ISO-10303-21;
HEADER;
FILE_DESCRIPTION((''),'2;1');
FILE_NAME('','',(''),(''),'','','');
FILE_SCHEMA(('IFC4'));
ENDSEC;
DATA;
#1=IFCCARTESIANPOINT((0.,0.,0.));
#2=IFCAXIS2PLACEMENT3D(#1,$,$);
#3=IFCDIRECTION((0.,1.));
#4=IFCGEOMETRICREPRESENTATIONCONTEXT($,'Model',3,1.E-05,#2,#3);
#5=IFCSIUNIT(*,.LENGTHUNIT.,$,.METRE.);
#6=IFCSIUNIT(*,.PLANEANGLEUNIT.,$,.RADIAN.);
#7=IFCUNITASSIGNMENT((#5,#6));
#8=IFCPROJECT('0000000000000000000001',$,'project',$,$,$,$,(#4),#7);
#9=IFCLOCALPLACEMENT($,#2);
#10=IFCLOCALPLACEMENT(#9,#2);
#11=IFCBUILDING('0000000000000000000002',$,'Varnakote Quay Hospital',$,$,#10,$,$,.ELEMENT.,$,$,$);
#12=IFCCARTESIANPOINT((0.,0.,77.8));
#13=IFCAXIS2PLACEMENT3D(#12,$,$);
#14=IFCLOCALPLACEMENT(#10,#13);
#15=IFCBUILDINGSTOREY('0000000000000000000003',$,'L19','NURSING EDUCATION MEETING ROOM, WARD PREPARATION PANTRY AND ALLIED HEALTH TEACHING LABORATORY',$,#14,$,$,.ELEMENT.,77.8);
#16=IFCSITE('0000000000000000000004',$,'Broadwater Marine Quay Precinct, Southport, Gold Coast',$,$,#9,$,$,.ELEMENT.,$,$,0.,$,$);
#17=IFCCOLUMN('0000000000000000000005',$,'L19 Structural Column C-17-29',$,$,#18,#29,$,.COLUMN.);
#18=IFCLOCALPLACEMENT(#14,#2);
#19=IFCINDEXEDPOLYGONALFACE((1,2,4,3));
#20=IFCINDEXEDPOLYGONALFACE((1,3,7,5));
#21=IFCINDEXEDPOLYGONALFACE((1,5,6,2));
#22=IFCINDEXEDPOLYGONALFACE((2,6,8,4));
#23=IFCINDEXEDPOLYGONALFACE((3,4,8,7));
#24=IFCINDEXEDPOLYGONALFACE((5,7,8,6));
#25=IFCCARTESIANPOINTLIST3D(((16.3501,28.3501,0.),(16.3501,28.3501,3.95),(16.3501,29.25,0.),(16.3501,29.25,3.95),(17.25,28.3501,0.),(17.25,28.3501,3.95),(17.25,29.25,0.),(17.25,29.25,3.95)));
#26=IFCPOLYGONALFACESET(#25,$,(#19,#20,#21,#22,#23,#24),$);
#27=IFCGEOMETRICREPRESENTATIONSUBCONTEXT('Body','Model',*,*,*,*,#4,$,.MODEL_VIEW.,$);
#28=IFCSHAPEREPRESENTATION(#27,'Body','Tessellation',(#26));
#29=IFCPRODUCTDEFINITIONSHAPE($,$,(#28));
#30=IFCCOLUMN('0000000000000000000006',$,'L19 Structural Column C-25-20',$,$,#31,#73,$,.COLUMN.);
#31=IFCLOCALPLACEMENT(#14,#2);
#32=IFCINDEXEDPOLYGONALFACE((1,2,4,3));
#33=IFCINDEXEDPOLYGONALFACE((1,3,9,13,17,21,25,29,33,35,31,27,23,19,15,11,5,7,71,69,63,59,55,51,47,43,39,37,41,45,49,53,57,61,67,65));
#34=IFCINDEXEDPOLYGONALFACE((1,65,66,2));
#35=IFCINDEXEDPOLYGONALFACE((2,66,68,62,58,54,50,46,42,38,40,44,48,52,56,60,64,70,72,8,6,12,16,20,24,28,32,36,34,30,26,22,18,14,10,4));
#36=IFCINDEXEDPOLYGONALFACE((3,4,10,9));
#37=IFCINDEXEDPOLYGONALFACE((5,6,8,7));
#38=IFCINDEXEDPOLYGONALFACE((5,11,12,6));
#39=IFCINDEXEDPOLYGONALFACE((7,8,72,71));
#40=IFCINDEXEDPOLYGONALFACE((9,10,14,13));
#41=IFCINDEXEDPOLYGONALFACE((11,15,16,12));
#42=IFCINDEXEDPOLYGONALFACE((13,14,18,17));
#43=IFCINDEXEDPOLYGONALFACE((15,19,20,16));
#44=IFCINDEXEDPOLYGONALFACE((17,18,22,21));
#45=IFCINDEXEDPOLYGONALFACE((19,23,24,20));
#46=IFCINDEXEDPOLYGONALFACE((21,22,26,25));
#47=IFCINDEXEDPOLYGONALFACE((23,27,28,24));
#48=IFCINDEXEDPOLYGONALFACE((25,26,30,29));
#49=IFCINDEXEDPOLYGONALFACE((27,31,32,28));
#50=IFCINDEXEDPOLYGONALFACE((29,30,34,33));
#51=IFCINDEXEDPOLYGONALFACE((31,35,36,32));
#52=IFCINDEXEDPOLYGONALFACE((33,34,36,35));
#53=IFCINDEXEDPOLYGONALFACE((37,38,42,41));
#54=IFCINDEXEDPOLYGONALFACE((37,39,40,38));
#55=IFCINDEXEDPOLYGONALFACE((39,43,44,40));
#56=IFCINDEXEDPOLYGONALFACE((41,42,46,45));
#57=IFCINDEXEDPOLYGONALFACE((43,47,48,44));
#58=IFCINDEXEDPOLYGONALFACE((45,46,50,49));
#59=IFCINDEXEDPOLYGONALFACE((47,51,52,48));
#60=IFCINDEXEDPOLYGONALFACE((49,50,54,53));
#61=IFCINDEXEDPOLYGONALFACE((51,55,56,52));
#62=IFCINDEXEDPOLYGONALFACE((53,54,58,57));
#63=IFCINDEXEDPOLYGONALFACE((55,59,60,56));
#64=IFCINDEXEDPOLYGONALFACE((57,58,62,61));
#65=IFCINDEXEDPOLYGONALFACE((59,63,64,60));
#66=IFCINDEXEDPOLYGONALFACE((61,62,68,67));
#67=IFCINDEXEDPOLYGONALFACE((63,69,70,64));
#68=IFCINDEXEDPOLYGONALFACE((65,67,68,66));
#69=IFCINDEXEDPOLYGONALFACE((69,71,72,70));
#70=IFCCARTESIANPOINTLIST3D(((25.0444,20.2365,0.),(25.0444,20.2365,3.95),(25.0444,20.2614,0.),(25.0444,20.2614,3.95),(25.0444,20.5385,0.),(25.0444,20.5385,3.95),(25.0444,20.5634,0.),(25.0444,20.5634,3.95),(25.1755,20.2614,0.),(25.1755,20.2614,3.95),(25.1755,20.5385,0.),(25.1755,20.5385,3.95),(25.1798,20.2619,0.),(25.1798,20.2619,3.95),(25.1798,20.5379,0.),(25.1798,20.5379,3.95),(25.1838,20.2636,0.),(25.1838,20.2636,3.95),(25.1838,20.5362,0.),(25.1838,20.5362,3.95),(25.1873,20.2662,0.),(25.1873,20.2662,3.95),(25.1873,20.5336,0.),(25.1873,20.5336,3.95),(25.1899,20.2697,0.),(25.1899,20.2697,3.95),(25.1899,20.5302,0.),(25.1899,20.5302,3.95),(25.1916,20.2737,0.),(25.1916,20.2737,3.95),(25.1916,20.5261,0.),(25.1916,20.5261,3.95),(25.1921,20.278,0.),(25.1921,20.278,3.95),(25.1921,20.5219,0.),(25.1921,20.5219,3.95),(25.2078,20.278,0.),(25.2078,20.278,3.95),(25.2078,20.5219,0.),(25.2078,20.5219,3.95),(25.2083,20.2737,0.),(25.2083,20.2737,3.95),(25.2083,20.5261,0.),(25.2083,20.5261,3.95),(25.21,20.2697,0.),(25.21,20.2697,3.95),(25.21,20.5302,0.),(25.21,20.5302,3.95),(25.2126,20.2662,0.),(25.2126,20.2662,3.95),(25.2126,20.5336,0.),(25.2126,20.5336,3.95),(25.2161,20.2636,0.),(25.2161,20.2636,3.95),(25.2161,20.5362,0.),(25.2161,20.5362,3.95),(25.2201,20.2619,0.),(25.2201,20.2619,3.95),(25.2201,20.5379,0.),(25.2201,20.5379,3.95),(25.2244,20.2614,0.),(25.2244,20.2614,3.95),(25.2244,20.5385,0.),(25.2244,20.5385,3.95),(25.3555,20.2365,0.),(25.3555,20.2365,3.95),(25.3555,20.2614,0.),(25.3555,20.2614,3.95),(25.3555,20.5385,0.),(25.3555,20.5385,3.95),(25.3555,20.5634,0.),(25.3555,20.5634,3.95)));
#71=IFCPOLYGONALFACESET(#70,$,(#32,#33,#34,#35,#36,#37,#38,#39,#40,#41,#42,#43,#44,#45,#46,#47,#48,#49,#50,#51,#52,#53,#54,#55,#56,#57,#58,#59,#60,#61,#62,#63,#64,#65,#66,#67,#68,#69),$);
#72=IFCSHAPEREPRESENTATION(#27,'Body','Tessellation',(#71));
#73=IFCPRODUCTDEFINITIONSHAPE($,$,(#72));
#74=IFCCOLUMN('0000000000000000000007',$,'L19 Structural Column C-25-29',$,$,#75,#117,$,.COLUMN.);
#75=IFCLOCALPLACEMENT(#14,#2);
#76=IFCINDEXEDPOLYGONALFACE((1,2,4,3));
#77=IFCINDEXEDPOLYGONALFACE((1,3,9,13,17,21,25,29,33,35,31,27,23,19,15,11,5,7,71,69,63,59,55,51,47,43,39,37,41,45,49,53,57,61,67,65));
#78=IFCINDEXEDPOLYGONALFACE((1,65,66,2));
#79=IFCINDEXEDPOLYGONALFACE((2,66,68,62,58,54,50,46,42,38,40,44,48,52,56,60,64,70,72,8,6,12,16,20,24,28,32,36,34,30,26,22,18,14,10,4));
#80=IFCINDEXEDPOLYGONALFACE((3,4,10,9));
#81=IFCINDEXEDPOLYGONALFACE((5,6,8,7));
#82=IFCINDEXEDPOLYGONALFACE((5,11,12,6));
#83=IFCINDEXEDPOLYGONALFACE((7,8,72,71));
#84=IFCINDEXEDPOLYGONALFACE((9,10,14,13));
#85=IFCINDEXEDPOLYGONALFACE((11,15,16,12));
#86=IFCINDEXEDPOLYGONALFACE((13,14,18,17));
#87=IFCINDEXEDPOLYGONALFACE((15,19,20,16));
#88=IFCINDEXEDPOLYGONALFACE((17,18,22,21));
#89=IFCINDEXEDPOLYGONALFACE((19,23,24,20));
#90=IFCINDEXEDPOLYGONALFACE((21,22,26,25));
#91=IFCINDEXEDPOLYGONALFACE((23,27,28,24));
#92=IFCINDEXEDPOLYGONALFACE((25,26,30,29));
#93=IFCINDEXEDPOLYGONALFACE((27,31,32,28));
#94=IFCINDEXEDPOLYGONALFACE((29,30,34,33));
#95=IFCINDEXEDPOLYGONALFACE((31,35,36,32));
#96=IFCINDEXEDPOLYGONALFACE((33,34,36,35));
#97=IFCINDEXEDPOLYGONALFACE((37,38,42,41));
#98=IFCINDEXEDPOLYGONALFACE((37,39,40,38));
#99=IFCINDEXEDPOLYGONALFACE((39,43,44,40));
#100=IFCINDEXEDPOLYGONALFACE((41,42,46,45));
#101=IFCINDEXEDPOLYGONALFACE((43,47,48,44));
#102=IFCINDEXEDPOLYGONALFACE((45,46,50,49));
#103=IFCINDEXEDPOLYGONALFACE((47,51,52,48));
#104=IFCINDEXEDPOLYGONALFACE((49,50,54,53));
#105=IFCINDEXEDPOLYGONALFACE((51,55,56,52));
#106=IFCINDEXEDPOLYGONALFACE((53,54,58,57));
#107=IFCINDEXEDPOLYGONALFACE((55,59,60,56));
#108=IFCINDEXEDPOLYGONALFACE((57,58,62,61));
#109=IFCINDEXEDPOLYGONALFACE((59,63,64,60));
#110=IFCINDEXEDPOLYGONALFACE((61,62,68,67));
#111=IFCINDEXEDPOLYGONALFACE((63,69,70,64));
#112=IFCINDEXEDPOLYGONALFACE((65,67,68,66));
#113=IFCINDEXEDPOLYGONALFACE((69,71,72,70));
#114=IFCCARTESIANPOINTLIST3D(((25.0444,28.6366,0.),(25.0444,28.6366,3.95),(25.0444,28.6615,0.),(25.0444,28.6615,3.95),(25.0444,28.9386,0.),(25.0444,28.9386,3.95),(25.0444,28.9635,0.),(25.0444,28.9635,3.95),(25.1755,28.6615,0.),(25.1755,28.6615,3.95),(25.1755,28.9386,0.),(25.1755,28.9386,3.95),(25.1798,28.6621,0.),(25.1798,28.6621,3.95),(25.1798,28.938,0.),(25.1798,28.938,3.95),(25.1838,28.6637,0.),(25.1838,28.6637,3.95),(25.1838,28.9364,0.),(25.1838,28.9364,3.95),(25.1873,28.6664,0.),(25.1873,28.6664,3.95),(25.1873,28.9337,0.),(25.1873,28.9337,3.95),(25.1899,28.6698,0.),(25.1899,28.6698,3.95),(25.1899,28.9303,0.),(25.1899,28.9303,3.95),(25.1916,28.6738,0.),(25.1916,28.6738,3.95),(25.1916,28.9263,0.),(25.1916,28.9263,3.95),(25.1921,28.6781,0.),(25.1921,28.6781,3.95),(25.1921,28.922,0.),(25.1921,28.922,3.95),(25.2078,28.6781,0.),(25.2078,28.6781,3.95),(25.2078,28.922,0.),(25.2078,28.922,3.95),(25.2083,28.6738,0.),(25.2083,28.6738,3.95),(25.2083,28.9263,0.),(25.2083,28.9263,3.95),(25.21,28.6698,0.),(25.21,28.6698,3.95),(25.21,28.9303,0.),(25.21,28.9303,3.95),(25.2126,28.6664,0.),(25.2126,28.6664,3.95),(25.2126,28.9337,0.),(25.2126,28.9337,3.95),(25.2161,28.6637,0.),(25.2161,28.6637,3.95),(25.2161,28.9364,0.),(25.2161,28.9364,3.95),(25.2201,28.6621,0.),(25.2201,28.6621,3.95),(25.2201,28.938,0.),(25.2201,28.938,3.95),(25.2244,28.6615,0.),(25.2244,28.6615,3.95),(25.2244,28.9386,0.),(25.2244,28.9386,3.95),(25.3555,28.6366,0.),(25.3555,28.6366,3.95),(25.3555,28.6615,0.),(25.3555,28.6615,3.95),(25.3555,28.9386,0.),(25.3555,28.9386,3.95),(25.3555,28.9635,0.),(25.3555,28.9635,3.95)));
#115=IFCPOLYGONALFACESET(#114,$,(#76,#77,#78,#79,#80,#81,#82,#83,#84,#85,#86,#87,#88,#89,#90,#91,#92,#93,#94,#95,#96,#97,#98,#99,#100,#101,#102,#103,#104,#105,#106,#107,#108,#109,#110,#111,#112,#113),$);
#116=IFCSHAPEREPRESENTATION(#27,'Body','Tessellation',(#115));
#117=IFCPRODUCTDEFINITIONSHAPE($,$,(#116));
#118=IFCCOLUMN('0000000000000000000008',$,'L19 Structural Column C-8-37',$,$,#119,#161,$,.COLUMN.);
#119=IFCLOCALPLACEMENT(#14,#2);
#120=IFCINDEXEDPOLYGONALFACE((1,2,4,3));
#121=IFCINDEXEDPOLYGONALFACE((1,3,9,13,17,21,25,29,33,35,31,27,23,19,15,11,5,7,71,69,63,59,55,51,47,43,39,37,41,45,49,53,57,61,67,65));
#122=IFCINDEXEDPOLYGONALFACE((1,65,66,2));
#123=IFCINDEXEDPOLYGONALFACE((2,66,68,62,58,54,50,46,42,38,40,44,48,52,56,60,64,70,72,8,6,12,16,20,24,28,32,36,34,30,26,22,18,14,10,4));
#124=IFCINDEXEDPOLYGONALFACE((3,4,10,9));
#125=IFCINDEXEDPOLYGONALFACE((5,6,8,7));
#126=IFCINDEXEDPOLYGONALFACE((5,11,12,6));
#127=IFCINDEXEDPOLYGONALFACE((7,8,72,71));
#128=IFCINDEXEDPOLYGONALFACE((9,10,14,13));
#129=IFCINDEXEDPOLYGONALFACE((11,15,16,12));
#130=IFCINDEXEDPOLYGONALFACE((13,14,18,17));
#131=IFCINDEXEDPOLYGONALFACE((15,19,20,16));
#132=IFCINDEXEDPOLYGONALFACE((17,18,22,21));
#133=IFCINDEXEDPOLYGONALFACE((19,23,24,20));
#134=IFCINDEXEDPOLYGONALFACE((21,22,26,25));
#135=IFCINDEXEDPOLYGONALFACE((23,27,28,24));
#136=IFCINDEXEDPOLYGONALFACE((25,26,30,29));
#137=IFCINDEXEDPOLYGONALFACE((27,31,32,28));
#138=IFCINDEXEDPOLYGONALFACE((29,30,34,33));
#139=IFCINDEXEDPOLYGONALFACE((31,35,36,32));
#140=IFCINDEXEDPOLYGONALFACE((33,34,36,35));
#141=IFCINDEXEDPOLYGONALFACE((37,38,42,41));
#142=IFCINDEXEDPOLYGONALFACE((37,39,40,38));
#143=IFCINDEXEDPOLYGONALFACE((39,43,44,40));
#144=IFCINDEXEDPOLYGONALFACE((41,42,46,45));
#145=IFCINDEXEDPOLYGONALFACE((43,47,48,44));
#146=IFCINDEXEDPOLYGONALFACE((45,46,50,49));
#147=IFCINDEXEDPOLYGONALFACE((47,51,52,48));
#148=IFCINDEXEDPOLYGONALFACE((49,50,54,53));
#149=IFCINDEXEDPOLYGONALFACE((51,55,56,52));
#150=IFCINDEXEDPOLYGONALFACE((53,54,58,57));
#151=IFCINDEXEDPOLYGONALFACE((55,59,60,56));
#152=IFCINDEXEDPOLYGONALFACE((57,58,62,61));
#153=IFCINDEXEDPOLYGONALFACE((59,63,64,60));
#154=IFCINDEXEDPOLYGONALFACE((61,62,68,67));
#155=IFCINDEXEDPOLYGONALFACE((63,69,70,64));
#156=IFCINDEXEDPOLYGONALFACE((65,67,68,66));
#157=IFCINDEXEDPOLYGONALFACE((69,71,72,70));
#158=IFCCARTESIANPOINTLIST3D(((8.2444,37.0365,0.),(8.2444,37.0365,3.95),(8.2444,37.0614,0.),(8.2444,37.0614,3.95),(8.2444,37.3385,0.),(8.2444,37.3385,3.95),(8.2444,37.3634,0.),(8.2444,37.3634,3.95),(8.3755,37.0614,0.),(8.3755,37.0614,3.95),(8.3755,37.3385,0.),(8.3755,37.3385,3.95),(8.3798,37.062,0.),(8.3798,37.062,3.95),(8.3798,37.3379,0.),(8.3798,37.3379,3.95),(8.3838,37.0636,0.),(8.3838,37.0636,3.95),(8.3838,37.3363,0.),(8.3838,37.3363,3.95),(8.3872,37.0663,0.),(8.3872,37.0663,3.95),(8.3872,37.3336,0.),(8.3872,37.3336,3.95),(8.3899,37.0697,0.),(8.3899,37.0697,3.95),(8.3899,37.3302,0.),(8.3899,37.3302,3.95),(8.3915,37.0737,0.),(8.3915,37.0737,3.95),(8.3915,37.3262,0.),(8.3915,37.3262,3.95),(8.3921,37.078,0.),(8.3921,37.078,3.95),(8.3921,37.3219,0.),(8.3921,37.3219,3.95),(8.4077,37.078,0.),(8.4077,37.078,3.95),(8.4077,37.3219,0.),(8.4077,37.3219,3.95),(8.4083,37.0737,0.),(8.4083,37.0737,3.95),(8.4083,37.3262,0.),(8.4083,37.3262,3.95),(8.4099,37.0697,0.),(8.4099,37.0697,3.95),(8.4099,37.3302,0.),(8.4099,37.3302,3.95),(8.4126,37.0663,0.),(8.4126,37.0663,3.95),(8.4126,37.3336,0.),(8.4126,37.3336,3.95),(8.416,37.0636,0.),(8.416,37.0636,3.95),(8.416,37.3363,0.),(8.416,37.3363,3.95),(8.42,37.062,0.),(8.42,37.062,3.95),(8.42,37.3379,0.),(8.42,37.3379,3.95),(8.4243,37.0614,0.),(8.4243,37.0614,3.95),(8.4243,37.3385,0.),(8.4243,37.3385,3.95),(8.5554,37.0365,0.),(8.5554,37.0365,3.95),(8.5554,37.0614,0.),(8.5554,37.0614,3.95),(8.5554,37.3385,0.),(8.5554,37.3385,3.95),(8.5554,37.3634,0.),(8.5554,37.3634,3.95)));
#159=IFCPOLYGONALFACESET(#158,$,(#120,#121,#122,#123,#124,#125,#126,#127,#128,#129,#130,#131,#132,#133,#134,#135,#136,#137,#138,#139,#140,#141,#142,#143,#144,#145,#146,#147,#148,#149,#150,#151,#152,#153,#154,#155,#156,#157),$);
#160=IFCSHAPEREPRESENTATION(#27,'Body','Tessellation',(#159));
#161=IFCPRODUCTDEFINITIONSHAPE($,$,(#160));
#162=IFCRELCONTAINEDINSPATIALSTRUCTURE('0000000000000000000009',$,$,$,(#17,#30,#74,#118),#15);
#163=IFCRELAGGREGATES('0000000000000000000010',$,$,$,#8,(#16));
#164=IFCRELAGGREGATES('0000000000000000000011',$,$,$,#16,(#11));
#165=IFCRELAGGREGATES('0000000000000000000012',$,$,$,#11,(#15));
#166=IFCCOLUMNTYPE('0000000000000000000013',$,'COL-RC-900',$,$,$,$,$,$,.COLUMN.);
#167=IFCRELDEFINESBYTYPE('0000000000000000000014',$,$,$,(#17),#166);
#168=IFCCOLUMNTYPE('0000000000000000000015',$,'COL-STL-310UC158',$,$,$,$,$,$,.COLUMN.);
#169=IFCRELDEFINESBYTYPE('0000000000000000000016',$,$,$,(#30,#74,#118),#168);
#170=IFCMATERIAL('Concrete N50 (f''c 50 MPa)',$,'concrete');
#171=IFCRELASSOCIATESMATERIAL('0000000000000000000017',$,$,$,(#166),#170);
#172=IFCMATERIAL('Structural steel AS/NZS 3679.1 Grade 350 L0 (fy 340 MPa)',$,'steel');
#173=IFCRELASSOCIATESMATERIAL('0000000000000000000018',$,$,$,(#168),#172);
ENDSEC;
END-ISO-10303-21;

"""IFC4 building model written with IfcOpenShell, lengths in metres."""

from ifc_helpers import new_model, si_unit, direction, frame, origin, origin_2d, place, context, subcontext, project, spatial, rectangle, i_section, extrude, material, material_profile, profile_set, type_object, element, save


model = new_model("IFC4")

# Units and contexts
model_context = context("Model", 3, precision=1e-05, world=origin(), true_north=direction((0.0, 1.0)))
body_context = subcontext(model_context, "Body", "Model", "MODEL_VIEW")
ifc_project = project(units=[si_unit("LENGTHUNIT", "METRE"), si_unit("PLANEANGLEUNIT", "RADIAN")], contexts=[model_context])

# Site, building, storey
site_placement = place(None, origin())
site = spatial("IfcSite", under=ifc_project, at=site_placement, Name="Broadwater Marine Quay Precinct, Southport, Gold Coast", CompositionType="ELEMENT", RefElevation=0.0)
building_placement = place(site_placement, origin())
building = spatial("IfcBuilding", under=site, at=building_placement, Name="Varnakote Quay Hospital", CompositionType="ELEMENT")
storey_placement = place(building_placement, frame((0.0, 0.0, 77.8)))
storey = spatial("IfcBuildingStorey", under=building, at=storey_placement, Name="L19", Description="NURSING EDUCATION MEETING ROOM, WARD PREPARATION PANTRY AND ALLIED HEALTH TEACHING LABORATORY", CompositionType="ELEMENT", Elevation=77.8)

# Columns
ifc_material_1 = material(Name="Concrete N50 (f'c 50 MPa)", Category="concrete")
ifc_material_profile_1 = material_profile(ifc_material_1, rectangle(XDim=0.8999, YDim=0.8999, at=origin_2d()), Name="RC-COL-900x900")
ifc_profile_set_1 = profile_set([ifc_material_profile_1], Name="Concrete N50 (f'c 50 MPa)")
column_type_1 = type_object("IfcColumnType", Name="COL-RC-900", PredefinedType="COLUMN", material=ifc_profile_set_1)
column_placement = place(storey_placement, frame((16.8, 28.8, 0.0), z_axis=(0.0, 0.0, 1.0), x_axis=(1.0, 0.0, 0.0)))
element("IfcColumn", 1, at=column_placement, inside=storey, type_object=column_type_1, Name="L19 Structural Column C-17-29", PredefinedType="COLUMN", context=body_context, shape_type="SweptSolid", body=[
    extrude(rectangle(XDim=0.8999, YDim=0.8999, at=origin_2d()), origin(), (0.0, 0.0, 1.0), 3.95),
])
ifc_material_2 = material(Name="Structural steel AS/NZS 3679.1 Grade 350 L0 (fy 340 MPa)", Category="steel")
ifc_material_profile_2 = material_profile(ifc_material_2, i_section(OverallWidth=0.311, OverallDepth=0.3269, WebThickness=0.0156, FlangeThickness=0.0249, FilletRadius=0.0166, at=origin_2d()), Name="310UC158")
ifc_profile_set_2 = profile_set([ifc_material_profile_2], Name="Structural steel AS/NZS 3679.1 Grade 350 L0 (fy 340 MPa)")
column_type_2 = type_object("IfcColumnType", Name="COL-STL-310UC158", PredefinedType="COLUMN", material=ifc_profile_set_2)
for number, where, z_axis, x_axis, name in (
    (2, (25.2, 20.3999, 0.0), (0.0, 0.0, 1.0), (1.0, 0.0, 0.0), "L19 Structural Column C-25-20"),
    (3, (25.2, 28.8, 0.0), (0.0, 0.0, 1.0), (1.0, 0.0, 0.0), "L19 Structural Column C-25-29"),
    (4, (8.3999, 37.2, 0.0), (0.0, 0.0, 1.0), (1.0, 0.0, 0.0), "L19 Structural Column C-8-37"),
):
    element("IfcColumn", number, at=place(storey_placement, frame(where, z_axis=z_axis, x_axis=x_axis)), inside=storey, type_object=column_type_2, Name=name, PredefinedType="COLUMN", context=body_context, shape_type="SweptSolid", body=[
        extrude(i_section(OverallWidth=0.311, OverallDepth=0.3269, WebThickness=0.0156, FlangeThickness=0.0249, FilletRadius=0.0166, at=origin_2d()), origin(), (0.0, 0.0, 1.0), 3.95),
    ])

save(model, "model.ifc")
